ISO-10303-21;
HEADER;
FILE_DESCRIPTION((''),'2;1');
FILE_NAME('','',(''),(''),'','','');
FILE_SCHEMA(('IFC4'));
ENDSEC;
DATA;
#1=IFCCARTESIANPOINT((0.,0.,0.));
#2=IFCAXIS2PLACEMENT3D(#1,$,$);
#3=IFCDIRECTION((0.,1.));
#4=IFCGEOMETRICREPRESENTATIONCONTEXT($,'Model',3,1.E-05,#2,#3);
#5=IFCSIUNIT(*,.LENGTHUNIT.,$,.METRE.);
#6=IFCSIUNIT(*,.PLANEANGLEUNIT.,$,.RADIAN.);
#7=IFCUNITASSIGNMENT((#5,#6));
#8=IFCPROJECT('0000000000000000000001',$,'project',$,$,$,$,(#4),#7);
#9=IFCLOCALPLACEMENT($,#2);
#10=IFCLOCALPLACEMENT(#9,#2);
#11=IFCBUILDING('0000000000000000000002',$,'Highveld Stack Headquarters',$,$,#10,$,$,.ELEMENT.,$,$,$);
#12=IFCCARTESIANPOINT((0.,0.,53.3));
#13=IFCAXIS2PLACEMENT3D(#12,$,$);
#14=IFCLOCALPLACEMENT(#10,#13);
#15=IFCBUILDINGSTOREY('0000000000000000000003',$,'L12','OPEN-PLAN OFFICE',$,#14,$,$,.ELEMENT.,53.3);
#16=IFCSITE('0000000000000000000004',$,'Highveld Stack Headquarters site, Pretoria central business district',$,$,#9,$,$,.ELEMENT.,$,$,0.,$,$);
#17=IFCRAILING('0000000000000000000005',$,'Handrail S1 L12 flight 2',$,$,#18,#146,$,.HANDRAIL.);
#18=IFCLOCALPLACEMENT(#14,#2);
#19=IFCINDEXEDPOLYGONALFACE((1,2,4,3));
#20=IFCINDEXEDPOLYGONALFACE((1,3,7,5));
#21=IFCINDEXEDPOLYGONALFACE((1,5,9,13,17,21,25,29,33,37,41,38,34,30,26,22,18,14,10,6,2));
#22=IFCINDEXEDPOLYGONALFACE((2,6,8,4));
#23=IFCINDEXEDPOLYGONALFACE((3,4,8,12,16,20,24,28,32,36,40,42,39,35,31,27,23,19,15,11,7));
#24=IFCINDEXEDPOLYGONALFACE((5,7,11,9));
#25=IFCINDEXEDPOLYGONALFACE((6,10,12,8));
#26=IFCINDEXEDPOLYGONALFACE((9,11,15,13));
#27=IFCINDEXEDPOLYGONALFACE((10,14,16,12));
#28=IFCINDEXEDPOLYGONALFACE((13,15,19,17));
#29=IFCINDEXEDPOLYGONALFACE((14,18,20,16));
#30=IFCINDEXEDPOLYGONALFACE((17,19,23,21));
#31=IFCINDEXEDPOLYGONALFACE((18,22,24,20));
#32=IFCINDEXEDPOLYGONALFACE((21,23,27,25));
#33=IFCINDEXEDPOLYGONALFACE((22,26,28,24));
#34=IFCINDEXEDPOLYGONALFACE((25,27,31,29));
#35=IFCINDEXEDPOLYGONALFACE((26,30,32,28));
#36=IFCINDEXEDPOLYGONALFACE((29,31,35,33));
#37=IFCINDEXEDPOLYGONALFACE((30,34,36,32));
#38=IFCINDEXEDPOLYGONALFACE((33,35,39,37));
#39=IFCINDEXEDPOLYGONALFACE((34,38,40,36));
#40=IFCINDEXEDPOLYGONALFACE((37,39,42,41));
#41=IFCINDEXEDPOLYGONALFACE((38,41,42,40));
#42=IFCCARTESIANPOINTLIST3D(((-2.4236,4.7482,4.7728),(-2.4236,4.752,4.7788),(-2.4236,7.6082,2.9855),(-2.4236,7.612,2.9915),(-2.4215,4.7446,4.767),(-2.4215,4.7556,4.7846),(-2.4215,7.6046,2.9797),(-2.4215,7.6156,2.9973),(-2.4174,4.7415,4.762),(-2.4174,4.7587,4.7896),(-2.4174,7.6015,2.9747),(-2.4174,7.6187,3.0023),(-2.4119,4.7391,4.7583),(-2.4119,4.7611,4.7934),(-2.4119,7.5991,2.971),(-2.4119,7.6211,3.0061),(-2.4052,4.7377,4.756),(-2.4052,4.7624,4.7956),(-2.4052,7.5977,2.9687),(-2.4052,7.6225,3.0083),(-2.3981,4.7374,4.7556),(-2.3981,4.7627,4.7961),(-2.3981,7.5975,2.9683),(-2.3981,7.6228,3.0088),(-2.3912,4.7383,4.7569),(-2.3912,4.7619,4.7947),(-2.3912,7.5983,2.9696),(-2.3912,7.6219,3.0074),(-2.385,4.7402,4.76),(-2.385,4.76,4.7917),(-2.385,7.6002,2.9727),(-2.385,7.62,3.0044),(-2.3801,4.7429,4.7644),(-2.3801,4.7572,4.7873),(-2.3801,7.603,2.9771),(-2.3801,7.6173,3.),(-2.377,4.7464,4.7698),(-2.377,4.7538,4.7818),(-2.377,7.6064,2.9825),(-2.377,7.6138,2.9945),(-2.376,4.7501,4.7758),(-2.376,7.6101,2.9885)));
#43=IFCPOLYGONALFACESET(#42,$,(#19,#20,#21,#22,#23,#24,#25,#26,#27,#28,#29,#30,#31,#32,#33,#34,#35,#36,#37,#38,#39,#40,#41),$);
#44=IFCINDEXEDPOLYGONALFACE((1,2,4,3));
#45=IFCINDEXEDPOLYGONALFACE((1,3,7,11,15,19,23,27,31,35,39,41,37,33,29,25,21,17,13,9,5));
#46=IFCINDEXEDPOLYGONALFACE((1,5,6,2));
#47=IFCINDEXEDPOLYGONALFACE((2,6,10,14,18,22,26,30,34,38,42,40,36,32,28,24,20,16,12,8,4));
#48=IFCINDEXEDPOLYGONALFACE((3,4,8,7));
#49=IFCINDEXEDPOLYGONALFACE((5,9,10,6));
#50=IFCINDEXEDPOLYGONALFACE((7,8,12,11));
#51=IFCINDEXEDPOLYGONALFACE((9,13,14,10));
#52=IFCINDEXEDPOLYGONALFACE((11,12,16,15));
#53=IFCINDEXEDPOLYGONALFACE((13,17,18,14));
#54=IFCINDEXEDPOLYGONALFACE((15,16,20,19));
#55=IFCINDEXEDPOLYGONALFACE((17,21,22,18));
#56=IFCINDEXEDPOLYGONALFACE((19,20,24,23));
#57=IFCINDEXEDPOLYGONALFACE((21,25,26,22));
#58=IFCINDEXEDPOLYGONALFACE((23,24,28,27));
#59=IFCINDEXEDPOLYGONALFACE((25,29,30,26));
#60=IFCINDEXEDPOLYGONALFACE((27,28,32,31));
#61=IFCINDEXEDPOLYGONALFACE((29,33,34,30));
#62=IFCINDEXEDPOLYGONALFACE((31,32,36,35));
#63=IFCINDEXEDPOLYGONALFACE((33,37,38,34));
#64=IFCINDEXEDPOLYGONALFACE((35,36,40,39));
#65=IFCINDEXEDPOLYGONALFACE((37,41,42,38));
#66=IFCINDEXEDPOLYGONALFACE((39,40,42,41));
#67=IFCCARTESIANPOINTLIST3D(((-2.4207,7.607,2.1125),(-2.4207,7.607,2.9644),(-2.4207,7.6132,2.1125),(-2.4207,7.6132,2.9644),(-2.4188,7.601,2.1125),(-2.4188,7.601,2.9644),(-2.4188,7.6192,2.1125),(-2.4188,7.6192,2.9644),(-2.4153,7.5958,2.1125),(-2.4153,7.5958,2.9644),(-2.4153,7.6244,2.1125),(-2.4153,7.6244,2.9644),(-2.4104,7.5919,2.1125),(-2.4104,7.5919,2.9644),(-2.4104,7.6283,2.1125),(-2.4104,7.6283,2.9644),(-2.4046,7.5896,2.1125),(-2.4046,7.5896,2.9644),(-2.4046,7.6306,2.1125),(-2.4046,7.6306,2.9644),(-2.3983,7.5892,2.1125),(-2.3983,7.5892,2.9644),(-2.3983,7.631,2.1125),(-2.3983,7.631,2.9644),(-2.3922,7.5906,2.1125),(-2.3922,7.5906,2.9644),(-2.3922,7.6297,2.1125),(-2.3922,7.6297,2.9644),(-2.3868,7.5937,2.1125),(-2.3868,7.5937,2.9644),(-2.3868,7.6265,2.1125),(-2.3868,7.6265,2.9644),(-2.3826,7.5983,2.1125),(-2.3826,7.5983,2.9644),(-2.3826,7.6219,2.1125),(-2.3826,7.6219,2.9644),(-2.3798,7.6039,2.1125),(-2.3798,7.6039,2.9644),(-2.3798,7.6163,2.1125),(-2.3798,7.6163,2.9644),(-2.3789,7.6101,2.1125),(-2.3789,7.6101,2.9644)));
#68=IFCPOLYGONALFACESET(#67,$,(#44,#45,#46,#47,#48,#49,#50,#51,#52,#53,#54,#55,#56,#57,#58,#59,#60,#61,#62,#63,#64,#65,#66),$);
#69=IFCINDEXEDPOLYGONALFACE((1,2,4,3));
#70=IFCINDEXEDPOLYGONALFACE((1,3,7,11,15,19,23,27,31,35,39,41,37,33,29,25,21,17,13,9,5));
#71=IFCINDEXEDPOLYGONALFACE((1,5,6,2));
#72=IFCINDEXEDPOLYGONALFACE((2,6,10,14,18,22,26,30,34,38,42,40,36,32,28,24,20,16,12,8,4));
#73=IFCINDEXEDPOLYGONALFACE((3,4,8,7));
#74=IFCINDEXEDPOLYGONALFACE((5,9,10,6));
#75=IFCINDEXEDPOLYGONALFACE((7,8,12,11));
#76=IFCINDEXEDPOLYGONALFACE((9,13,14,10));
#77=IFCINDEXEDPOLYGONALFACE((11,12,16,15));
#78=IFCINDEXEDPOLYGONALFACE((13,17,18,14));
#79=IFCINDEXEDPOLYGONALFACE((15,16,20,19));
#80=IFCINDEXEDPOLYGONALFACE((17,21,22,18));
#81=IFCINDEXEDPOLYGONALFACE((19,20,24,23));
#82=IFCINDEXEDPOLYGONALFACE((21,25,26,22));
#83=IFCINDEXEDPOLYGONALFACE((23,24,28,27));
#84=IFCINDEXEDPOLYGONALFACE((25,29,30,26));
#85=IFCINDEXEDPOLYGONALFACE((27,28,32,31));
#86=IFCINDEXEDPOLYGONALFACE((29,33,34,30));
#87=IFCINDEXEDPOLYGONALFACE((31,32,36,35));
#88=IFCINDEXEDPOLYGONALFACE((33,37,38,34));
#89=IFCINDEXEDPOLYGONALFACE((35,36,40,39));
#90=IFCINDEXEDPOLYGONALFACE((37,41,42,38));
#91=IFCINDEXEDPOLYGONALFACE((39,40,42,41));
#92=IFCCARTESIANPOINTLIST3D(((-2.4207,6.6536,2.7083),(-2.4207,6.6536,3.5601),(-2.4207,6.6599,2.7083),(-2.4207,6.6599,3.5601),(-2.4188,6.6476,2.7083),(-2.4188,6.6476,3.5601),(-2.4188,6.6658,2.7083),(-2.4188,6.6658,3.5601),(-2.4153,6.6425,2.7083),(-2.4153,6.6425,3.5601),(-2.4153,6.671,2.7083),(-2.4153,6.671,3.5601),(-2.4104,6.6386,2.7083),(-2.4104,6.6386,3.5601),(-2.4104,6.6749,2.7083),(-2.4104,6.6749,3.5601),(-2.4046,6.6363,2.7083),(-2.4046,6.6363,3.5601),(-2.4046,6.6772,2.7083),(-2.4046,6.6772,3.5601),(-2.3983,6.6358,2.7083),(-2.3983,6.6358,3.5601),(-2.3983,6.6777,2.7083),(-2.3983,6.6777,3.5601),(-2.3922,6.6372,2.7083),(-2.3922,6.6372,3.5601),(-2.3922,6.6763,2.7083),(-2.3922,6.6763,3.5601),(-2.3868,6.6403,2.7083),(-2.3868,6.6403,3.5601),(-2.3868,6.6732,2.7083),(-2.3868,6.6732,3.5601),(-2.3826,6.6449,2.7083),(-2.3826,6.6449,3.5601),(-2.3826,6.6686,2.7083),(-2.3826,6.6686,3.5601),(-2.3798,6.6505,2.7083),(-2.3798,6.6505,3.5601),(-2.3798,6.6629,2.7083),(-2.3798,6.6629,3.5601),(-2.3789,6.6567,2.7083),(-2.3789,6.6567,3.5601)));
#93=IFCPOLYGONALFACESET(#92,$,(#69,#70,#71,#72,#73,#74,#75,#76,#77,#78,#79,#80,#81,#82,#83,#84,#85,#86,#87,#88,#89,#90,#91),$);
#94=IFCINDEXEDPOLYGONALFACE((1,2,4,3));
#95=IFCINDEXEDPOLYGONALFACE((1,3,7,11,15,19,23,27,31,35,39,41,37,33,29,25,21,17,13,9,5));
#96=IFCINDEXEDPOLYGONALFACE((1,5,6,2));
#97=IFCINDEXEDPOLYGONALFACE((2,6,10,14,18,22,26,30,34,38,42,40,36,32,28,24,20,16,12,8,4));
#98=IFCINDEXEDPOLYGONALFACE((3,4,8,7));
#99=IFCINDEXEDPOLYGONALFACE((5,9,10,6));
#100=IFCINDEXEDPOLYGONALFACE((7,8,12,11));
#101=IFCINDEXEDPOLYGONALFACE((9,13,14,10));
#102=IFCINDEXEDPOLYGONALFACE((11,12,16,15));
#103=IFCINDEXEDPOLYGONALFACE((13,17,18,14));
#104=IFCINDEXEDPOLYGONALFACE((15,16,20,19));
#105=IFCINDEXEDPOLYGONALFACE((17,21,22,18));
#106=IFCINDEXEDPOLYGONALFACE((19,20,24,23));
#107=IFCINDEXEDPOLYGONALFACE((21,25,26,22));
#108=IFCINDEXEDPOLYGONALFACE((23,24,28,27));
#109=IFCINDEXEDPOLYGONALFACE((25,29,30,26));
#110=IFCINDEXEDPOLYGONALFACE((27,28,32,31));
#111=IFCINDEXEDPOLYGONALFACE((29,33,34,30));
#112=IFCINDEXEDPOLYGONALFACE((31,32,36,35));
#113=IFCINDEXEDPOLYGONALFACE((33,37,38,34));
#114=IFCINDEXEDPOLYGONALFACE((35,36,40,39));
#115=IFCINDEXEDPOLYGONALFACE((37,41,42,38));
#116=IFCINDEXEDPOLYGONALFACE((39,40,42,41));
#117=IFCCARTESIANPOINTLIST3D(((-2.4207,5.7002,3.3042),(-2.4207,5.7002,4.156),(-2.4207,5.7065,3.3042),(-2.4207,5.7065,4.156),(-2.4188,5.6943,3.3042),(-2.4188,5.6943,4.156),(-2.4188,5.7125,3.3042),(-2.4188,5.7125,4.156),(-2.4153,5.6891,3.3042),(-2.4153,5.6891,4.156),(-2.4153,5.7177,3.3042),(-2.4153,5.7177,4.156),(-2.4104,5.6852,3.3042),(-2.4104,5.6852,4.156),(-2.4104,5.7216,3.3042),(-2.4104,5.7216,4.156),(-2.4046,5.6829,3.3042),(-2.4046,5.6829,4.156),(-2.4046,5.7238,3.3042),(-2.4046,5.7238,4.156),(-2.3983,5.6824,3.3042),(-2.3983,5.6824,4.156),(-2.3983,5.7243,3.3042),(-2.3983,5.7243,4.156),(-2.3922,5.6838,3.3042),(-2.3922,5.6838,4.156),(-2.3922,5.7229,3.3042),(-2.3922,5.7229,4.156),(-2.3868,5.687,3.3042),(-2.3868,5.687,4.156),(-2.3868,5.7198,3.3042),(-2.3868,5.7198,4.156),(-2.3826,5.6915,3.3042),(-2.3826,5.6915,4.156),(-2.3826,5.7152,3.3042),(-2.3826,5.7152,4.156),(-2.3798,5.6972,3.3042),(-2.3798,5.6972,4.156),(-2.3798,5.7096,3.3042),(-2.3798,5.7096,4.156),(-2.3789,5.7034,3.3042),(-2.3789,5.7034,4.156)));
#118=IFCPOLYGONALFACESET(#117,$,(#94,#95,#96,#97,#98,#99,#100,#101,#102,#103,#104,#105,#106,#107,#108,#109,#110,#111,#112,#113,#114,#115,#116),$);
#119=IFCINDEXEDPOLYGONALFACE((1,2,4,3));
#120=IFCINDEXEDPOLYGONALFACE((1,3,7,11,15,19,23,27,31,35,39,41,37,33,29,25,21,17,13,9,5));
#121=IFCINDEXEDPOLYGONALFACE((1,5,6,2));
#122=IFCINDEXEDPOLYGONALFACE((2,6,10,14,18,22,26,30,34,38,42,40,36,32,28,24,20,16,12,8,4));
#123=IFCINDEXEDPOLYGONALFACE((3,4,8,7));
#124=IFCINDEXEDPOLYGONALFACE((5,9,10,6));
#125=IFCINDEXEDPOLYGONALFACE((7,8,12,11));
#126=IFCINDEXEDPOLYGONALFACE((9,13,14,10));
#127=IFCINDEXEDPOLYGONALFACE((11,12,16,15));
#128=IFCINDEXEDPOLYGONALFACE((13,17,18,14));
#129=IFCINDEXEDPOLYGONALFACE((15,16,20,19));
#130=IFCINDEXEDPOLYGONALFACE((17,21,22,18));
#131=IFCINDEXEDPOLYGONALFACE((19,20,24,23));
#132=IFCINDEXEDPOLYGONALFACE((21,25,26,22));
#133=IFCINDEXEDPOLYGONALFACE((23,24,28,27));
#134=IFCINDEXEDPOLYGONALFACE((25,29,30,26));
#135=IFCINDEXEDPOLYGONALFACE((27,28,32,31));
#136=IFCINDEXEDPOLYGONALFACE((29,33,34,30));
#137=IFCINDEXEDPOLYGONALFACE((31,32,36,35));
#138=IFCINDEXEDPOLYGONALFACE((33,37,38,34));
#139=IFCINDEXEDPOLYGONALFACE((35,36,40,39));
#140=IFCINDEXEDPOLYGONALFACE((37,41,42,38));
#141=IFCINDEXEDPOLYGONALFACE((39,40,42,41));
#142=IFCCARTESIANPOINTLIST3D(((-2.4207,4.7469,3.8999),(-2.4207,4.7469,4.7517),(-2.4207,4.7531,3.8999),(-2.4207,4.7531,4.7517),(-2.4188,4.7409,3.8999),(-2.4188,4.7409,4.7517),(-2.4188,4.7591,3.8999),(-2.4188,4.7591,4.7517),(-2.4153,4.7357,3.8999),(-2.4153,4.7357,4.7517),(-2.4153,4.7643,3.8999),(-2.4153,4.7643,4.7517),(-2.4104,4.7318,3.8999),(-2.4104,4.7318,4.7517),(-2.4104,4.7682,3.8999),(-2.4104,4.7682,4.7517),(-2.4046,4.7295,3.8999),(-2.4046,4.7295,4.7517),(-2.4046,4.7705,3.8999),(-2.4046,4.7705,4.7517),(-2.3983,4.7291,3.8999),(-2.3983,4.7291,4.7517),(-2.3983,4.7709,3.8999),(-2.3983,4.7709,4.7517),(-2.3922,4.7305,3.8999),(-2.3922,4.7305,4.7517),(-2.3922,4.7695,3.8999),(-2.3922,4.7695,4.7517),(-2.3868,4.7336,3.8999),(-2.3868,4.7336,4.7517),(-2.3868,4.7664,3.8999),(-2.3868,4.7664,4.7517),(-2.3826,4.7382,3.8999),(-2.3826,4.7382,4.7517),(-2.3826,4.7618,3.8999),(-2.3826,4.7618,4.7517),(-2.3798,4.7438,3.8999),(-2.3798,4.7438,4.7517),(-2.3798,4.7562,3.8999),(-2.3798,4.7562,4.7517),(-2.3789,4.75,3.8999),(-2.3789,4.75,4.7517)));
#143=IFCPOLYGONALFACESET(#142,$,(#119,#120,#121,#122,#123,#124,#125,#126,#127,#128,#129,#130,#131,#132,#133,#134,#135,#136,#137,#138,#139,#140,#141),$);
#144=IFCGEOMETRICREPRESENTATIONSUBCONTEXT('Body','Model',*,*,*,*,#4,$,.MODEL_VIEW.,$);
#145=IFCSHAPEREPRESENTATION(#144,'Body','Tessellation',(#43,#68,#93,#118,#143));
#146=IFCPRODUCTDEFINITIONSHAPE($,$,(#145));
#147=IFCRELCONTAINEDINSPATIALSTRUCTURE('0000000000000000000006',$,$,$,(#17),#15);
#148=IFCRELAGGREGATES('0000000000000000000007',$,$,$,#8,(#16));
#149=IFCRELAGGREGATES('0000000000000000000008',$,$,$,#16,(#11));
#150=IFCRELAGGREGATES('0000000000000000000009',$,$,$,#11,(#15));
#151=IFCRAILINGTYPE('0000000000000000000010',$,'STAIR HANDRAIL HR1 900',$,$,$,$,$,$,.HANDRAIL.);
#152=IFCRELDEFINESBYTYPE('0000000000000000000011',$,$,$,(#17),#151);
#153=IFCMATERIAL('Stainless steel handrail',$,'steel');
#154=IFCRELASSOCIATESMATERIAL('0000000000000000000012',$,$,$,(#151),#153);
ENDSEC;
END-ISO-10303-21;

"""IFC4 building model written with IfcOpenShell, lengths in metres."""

from ifc_helpers import new_model, si_unit, direction, frame, origin, origin_2d, place, context, subcontext, project, spatial, circle, extrude, material, type_object, element, save


model = new_model("IFC4")

# Units and contexts
model_context = context("Model", 3, precision=1e-05, world=origin(), true_north=direction((0.0, 1.0)))
body_context = subcontext(model_context, "Body", "Model", "MODEL_VIEW")
ifc_project = project(units=[si_unit("LENGTHUNIT", "METRE"), si_unit("PLANEANGLEUNIT", "RADIAN")], contexts=[model_context])

# Site, building, storey
site_placement = place(None, origin())
site = spatial("IfcSite", under=ifc_project, at=site_placement, Name="Highveld Stack Headquarters site, Pretoria central business district", CompositionType="ELEMENT", RefElevation=0.0)
building_placement = place(site_placement, origin())
building = spatial("IfcBuilding", under=site, at=building_placement, Name="Highveld Stack Headquarters", CompositionType="ELEMENT")
storey_placement = place(building_placement, frame((0.0, 0.0, 53.3)))
storey = spatial("IfcBuildingStorey", under=building, at=storey_placement, Name="L12", Description="OPEN-PLAN OFFICE", CompositionType="ELEMENT", Elevation=53.3)

# Railing
ifc_material_1 = material(Name="Stainless steel handrail", Category="steel")
railing_type = type_object("IfcRailingType", Name="STAIR HANDRAIL HR1 900", PredefinedType="HANDRAIL", material=ifc_material_1)
for number, where, name in (
    (1, (-2.3999, 7.6101, 2.1125), "Handrail S1 L12 flight 2"),
):
    element("IfcRailing", number, at=place(storey_placement, frame(where)), inside=storey, type_object=railing_type, Name=name, PredefinedType="HANDRAIL", context=body_context, shape_type="SweptSolid", body=[
        extrude(circle(Radius=0.0239, at=origin_2d()), frame((0.0, 0.0, 0.876), z_axis=(0.0, -0.848027, 0.529953), x_axis=(1.0, 0.0, 0.0)), (0.0, 0.0, 1.0), 3.3726),
        extrude(circle(Radius=0.021, at=origin_2d()), origin(), (0.0, 0.0, 1.0), 0.8518),
        extrude(circle(Radius=0.021, at=origin_2d()), frame((0.0, -0.9534, 0.5957)), (0.0, 0.0, 1.0), 0.8518),
        extrude(circle(Radius=0.021, at=origin_2d()), frame((0.0, -1.9067, 1.1917)), (0.0, 0.0, 1.0), 0.8518),
        extrude(circle(Radius=0.021, at=origin_2d()), frame((0.0, -2.8601, 1.7874)), (0.0, 0.0, 1.0), 0.8518),
    ])

save(model, "model.ifc")
